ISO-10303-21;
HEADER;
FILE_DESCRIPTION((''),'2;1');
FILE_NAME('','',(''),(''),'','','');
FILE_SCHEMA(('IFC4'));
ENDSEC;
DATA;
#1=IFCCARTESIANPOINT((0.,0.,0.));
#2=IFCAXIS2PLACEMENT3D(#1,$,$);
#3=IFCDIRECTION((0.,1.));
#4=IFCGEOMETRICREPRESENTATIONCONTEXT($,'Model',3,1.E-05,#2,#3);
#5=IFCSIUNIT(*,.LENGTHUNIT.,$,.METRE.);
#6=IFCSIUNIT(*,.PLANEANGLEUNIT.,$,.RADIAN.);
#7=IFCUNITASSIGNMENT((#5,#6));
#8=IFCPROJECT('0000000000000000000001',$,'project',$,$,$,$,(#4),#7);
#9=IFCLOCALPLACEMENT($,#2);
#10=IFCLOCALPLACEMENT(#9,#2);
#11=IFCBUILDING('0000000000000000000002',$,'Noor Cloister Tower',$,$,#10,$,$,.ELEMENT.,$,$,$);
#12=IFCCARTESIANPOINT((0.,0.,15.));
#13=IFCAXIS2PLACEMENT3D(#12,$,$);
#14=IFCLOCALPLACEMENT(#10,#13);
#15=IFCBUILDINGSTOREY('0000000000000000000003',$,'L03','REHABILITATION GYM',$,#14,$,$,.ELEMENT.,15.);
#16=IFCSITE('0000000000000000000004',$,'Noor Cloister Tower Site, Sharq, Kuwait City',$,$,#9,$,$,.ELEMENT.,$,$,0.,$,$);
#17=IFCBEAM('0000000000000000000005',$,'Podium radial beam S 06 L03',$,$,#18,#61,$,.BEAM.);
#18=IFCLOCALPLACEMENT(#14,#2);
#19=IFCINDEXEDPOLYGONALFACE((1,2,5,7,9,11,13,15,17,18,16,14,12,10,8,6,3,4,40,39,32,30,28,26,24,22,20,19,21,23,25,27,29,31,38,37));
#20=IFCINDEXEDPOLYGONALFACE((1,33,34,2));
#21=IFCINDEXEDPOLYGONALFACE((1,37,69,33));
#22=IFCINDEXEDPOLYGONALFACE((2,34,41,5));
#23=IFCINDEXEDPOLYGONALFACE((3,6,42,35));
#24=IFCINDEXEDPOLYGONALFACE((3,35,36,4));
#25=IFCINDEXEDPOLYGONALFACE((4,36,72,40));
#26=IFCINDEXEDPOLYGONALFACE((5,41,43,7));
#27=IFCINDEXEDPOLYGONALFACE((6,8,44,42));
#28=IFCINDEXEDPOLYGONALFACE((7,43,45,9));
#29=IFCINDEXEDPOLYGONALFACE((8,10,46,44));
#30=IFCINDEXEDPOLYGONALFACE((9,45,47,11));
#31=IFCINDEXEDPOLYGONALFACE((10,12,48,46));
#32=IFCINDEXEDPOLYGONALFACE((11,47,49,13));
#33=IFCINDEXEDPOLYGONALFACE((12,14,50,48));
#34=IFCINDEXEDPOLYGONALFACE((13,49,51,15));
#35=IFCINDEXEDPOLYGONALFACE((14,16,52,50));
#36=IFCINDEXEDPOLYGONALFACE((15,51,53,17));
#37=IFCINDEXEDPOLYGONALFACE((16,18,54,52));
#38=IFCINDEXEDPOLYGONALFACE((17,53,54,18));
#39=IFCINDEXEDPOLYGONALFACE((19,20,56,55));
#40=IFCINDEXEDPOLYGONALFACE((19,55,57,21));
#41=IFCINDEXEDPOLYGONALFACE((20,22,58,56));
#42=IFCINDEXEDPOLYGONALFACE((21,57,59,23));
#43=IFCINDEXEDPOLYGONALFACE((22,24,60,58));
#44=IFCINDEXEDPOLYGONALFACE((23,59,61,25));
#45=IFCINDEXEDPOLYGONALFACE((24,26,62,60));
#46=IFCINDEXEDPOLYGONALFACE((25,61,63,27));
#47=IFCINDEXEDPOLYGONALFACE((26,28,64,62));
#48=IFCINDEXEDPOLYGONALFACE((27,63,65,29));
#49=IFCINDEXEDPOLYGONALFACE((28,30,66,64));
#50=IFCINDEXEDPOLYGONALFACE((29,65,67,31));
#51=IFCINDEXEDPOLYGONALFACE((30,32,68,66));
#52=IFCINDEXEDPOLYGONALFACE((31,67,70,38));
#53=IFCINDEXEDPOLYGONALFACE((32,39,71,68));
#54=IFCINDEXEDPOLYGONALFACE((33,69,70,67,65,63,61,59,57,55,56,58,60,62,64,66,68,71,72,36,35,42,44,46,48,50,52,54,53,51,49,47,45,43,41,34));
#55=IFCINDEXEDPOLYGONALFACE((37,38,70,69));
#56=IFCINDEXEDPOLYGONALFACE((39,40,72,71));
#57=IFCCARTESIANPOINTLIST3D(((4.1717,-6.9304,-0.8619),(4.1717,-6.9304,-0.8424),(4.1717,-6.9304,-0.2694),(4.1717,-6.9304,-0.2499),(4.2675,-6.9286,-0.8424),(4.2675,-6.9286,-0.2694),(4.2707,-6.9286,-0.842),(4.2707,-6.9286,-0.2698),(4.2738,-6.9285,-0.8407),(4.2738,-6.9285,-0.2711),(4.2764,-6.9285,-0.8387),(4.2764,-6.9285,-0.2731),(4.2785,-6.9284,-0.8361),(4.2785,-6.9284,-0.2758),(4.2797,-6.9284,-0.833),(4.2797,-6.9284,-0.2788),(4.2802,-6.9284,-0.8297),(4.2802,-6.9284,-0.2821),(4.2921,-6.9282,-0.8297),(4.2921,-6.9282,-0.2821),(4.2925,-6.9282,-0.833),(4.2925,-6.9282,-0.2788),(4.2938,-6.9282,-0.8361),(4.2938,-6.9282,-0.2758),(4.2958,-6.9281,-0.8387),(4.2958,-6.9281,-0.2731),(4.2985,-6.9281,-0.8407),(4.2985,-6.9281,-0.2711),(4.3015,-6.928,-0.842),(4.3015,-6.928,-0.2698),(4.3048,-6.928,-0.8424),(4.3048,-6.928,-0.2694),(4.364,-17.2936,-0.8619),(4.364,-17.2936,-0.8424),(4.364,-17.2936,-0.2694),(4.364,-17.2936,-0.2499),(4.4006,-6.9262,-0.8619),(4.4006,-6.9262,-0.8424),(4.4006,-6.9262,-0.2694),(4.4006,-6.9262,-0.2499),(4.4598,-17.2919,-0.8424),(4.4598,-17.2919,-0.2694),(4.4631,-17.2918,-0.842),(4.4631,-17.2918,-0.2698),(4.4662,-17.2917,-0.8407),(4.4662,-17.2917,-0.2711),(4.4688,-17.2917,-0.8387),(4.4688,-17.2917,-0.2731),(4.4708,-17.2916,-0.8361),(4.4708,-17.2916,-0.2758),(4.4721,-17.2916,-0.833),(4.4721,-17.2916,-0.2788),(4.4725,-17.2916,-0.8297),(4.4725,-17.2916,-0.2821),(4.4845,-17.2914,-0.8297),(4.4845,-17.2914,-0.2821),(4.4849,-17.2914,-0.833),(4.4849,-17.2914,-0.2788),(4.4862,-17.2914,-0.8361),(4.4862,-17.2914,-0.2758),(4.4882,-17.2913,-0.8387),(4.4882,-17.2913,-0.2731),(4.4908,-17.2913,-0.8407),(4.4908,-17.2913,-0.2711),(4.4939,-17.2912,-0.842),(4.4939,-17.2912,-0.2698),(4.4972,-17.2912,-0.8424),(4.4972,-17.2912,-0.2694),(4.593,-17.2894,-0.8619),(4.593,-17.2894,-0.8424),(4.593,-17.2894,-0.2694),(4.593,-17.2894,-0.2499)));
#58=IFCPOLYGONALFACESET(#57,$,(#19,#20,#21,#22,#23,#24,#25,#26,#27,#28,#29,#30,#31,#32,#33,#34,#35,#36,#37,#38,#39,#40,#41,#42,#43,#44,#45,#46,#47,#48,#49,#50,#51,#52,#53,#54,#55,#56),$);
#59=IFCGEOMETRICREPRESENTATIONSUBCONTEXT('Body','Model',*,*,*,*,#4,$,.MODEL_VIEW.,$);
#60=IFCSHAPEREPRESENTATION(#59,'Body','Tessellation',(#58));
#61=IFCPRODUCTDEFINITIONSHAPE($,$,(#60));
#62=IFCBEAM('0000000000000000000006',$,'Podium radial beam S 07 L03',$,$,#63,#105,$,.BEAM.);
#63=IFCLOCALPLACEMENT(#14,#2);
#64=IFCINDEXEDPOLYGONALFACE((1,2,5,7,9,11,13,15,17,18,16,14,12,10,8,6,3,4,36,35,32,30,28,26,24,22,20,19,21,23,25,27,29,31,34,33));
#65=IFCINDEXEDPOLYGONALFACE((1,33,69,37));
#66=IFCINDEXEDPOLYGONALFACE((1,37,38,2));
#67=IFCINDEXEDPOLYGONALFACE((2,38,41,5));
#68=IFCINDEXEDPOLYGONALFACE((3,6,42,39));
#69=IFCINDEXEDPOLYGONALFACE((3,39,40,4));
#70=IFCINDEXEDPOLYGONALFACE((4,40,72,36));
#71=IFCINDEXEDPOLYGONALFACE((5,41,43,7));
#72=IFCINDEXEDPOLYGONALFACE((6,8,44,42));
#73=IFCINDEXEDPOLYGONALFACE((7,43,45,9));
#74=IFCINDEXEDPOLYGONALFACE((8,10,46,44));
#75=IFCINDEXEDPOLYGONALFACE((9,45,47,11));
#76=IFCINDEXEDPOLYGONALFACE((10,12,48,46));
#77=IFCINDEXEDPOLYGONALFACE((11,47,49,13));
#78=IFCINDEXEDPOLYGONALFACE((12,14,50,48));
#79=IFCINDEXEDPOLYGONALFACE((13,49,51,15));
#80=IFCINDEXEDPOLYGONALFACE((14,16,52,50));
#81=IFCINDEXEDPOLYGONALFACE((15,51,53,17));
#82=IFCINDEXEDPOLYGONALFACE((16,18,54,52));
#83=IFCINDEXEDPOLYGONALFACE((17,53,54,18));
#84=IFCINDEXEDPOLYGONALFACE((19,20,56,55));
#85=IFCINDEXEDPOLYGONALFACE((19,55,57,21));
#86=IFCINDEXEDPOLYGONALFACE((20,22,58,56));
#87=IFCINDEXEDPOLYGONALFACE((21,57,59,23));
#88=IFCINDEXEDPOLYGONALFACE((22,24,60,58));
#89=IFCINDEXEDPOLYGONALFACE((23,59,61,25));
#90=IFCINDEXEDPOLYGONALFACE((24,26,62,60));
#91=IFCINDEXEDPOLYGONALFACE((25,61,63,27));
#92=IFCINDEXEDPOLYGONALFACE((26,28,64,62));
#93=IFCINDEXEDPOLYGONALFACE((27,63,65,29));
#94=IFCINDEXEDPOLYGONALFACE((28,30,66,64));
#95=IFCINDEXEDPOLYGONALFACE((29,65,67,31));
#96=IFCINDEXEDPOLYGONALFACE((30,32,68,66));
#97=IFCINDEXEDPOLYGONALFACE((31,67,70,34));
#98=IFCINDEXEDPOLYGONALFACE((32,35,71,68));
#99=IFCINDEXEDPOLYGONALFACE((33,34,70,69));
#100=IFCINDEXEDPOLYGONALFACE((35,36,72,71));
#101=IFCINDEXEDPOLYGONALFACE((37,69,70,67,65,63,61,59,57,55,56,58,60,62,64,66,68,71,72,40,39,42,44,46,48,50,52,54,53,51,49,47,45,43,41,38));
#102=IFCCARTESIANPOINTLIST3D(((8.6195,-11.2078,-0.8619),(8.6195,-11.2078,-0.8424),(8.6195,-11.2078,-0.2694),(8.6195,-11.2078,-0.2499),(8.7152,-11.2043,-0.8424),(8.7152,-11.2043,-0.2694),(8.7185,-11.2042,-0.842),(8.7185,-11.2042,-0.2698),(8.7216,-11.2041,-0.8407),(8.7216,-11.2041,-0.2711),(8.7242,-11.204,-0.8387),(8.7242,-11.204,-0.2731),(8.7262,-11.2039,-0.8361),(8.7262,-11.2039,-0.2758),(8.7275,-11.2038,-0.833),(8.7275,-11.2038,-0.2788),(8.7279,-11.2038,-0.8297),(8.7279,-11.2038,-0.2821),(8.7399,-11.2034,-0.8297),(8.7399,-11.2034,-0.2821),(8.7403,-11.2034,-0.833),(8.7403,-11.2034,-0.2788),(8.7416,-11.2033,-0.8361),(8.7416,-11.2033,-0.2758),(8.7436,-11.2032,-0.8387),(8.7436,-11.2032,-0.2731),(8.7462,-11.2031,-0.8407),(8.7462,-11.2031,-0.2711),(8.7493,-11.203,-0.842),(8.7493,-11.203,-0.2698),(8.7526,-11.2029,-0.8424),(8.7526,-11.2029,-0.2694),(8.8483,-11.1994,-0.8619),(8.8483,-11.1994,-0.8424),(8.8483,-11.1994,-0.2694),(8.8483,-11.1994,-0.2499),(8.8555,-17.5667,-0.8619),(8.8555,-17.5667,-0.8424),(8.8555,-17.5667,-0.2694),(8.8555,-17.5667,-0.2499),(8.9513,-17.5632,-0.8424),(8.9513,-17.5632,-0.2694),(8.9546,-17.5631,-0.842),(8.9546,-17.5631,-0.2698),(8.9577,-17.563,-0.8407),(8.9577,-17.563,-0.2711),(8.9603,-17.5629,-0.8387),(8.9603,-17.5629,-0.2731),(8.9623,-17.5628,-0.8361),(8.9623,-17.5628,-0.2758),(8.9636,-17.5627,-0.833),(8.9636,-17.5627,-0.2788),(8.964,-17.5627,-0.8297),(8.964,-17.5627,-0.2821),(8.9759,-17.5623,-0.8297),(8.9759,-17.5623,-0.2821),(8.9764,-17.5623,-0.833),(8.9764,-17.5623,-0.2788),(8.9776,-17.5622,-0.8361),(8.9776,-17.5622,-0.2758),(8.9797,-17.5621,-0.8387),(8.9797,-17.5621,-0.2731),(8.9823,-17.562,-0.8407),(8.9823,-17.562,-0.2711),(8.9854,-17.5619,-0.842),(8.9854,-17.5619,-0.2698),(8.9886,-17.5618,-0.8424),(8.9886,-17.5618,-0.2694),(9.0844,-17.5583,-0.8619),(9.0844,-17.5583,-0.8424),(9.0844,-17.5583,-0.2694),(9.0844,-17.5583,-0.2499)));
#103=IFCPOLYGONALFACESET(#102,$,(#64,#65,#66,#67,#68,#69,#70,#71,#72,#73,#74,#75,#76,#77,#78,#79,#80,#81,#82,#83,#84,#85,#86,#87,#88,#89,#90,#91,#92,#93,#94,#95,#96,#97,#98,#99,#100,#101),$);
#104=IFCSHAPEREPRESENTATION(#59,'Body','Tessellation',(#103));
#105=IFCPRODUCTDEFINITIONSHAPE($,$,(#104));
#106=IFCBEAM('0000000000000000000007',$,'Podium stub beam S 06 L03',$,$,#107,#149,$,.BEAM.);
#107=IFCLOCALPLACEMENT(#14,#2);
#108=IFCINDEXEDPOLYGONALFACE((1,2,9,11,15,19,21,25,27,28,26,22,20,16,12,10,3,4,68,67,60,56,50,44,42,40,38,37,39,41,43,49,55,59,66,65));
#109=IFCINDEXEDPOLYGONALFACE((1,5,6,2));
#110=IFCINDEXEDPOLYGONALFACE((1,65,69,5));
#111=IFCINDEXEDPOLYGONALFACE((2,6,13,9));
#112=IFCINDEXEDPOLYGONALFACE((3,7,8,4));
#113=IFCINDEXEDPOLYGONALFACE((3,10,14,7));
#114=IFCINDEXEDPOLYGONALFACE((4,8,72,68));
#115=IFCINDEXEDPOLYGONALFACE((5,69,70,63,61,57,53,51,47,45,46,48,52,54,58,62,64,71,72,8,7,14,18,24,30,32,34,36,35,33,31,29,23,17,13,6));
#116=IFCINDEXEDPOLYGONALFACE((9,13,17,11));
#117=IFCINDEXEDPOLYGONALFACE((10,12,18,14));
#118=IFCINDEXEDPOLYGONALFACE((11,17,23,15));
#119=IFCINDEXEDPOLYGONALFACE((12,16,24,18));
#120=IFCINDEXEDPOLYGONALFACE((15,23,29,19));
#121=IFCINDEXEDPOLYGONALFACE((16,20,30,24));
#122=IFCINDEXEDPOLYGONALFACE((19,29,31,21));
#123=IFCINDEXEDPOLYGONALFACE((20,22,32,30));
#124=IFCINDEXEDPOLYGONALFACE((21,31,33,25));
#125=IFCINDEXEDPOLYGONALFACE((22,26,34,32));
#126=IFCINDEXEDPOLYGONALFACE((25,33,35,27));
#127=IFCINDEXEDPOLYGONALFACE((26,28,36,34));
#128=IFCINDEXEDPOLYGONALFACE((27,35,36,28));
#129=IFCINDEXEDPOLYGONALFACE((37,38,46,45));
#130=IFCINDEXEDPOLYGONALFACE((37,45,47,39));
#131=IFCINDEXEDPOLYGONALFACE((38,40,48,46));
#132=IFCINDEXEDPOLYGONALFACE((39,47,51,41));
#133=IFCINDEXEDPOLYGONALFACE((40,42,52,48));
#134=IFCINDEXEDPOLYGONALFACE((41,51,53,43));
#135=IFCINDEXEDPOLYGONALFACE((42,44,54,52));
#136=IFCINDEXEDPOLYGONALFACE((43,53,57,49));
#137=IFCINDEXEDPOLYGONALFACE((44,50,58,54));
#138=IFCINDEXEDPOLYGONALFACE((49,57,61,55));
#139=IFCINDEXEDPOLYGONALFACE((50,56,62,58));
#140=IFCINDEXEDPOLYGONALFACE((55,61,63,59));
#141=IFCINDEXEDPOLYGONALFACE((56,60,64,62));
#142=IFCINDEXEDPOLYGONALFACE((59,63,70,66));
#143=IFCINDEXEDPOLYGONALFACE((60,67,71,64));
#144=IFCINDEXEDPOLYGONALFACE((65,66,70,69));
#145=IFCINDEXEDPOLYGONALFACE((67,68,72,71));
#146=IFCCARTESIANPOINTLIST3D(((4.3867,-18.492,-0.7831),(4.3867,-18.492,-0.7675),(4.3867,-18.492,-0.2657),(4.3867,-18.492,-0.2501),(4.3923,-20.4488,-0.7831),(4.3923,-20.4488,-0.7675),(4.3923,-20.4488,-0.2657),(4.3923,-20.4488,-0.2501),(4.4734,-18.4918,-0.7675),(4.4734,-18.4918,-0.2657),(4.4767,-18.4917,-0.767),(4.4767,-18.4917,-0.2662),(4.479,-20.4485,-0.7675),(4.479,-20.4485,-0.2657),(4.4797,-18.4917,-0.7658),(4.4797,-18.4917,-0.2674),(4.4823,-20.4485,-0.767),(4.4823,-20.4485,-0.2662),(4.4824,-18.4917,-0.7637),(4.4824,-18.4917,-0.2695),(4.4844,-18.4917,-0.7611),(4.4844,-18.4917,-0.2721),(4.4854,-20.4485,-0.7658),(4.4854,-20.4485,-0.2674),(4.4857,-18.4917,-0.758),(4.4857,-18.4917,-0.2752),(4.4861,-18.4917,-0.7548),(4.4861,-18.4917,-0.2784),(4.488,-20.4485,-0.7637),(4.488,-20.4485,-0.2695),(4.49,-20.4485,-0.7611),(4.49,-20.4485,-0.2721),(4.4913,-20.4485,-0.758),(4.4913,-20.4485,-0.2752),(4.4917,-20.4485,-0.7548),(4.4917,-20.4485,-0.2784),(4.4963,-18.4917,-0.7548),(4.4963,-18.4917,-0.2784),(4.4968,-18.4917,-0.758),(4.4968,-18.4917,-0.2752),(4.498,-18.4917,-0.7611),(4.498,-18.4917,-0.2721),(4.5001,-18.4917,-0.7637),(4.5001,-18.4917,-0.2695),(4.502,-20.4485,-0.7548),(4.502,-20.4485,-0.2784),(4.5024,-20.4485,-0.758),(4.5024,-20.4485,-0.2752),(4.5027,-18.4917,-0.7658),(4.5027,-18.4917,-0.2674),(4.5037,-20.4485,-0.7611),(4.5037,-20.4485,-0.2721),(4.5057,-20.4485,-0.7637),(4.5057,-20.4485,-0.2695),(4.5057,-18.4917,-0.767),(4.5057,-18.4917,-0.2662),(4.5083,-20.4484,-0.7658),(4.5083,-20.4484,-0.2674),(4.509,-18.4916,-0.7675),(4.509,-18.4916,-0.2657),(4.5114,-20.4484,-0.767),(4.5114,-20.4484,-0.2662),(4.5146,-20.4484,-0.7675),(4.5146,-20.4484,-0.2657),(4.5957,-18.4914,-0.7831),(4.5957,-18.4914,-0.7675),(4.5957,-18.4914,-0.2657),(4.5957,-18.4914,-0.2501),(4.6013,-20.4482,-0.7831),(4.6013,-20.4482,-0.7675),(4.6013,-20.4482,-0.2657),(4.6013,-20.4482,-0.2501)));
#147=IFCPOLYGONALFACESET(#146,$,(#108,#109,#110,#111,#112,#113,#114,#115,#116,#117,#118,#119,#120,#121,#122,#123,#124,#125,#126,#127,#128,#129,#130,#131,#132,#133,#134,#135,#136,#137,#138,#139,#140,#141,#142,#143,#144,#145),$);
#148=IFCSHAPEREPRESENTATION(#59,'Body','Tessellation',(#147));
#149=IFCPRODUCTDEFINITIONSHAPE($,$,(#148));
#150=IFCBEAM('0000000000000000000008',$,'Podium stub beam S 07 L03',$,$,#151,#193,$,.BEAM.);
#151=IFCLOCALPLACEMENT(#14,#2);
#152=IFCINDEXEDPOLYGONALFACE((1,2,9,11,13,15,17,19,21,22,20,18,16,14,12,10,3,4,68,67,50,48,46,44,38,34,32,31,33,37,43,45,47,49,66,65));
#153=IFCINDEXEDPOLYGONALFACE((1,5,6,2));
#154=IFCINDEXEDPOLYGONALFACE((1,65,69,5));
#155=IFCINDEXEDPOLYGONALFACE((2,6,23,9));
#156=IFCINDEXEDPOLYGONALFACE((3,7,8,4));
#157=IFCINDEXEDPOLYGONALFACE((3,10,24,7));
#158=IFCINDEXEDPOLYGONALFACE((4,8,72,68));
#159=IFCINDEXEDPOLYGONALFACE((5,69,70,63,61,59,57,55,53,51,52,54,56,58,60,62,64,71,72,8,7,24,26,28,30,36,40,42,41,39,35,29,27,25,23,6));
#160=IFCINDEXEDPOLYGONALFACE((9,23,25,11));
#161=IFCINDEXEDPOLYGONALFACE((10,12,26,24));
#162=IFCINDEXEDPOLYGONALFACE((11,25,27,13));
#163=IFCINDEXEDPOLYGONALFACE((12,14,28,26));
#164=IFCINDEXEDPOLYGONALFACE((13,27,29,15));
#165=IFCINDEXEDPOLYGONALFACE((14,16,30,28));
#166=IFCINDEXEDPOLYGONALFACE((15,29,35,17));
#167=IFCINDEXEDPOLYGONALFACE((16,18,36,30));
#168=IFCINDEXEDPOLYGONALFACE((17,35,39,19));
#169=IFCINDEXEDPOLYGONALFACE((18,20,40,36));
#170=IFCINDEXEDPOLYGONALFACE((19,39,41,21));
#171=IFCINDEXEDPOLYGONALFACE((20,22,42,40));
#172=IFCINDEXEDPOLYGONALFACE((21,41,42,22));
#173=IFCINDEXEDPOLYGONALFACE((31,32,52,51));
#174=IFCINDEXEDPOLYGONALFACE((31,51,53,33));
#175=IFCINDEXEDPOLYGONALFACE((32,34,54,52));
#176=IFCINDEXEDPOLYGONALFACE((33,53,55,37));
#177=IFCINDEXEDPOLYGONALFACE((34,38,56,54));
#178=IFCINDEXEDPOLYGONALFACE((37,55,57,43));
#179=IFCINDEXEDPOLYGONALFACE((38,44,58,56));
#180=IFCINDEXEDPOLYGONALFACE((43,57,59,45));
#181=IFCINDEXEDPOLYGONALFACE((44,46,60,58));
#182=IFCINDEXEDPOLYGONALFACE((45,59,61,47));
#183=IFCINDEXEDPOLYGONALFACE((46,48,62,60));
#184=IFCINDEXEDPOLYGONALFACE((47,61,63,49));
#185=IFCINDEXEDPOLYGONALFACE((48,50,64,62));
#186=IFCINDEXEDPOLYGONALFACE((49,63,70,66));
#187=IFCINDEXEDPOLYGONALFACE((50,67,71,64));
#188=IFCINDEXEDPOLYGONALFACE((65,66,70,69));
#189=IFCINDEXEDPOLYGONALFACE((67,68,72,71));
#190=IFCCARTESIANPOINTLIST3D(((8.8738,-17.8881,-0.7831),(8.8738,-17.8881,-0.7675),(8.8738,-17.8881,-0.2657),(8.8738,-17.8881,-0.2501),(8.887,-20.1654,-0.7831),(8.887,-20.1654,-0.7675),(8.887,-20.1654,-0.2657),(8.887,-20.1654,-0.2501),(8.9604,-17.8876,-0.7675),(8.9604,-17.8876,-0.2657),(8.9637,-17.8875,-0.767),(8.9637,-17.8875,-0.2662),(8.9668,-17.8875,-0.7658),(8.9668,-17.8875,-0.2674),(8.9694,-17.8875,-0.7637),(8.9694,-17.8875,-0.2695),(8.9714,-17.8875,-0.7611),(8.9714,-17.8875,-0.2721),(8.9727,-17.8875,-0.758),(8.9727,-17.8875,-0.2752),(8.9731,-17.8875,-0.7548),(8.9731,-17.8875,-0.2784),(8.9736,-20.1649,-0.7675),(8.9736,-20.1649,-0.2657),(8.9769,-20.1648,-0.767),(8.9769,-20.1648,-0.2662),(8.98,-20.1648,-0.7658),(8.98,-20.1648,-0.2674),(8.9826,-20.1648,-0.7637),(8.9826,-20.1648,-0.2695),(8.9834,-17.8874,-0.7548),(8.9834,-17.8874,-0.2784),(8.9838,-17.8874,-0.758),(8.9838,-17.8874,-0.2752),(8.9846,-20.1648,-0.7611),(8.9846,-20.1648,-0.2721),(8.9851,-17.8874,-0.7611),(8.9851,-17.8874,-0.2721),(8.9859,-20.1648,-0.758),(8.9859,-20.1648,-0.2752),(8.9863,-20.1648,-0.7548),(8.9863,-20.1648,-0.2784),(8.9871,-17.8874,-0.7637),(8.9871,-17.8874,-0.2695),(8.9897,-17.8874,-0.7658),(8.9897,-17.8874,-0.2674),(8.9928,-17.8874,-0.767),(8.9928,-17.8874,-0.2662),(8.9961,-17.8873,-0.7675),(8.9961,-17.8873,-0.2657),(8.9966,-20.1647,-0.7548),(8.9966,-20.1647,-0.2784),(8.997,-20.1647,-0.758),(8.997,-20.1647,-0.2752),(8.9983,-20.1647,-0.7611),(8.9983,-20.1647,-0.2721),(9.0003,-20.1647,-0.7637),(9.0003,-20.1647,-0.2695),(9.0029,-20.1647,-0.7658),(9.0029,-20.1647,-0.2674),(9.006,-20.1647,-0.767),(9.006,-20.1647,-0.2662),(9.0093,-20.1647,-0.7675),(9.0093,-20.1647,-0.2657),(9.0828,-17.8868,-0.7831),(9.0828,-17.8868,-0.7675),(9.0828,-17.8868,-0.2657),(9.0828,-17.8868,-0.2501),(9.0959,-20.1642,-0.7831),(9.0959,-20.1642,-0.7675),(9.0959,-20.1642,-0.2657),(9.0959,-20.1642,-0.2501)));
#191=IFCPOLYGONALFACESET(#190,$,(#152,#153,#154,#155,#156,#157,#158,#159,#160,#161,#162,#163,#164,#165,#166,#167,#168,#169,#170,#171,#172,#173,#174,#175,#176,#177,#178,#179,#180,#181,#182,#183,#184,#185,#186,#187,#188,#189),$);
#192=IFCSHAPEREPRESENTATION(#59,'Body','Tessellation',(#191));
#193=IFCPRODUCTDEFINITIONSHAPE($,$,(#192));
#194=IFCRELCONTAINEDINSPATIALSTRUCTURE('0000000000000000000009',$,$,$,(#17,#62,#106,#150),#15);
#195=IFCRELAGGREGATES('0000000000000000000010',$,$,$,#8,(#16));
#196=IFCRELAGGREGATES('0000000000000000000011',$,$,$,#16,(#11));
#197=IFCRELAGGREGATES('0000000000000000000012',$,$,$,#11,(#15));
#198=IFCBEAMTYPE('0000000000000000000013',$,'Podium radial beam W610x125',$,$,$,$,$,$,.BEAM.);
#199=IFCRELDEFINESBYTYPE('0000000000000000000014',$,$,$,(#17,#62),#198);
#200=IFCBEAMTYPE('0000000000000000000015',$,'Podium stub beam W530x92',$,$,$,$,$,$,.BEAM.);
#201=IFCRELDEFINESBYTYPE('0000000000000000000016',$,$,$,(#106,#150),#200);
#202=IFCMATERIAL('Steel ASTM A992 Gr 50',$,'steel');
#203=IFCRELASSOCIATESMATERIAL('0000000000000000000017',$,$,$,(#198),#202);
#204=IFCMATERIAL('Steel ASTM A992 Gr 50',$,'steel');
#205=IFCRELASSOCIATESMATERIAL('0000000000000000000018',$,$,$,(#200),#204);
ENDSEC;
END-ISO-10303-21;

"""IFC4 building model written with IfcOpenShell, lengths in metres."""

from ifc_helpers import new_model, si_unit, direction, frame, origin, origin_2d, place, context, subcontext, project, spatial, i_section, extrude, material, material_profile, profile_set, type_object, element, save


model = new_model("IFC4")

# Units and contexts
model_context = context("Model", 3, precision=1e-05, world=origin(), true_north=direction((0.0, 1.0)))
body_context = subcontext(model_context, "Body", "Model", "MODEL_VIEW")
ifc_project = project(units=[si_unit("LENGTHUNIT", "METRE"), si_unit("PLANEANGLEUNIT", "RADIAN")], contexts=[model_context])

# Site, building, storey
site_placement = place(None, origin())
site = spatial("IfcSite", under=ifc_project, at=site_placement, Name="Noor Cloister Tower Site, Sharq, Kuwait City", CompositionType="ELEMENT", RefElevation=0.0)
building_placement = place(site_placement, origin())
building = spatial("IfcBuilding", under=site, at=building_placement, Name="Noor Cloister Tower", CompositionType="ELEMENT")
storey_placement = place(building_placement, frame((0.0, 0.0, 15.0)))
storey = spatial("IfcBuildingStorey", under=building, at=storey_placement, Name="L03", Description="REHABILITATION GYM", CompositionType="ELEMENT", Elevation=15.0)

# Beams
ifc_material_1 = material(Name="Steel ASTM A992 Gr 50", Category="steel")
ifc_material_profile_1 = material_profile(ifc_material_1, i_section(OverallWidth=0.229, OverallDepth=0.6121, WebThickness=0.012, FlangeThickness=0.0195, FilletRadius=0.0127, at=origin_2d()), Name="W610x125")
ifc_profile_set_1 = profile_set([ifc_material_profile_1], Name="Steel ASTM A992 Gr 50")
beam_type_1 = type_object("IfcBeamType", Name="Podium radial beam W610x125", PredefinedType="BEAM", material=ifc_profile_set_1)
beam_1_placement = place(storey_placement, frame((4.4785, -17.2915, -0.5559), z_axis=(-0.018561, 0.999828, 0.0), x_axis=(-0.999828, -0.018561, 0.0)))
element("IfcBeam", 1, at=beam_1_placement, inside=storey, type_object=beam_type_1, Name="Podium radial beam S 06 L03", PredefinedType="BEAM", context=body_context, shape_type="SweptSolid", body=[
    extrude(i_section(OverallWidth=0.229, OverallDepth=0.6121, WebThickness=0.012, FlangeThickness=0.0195, FilletRadius=0.0127, at=origin_2d()), origin(), (0.0, 0.0, 1.0), 10.365),
])
beam_2_placement = place(storey_placement, frame((8.97, -17.5625, -0.5559), z_axis=(-0.037101, 0.999312, 0.0), x_axis=(-0.999312, -0.037101, 0.0)))
element("IfcBeam", 2, at=beam_2_placement, inside=storey, type_object=beam_type_1, Name="Podium radial beam S 07 L03", PredefinedType="BEAM", context=body_context, shape_type="SweptSolid", body=[
    extrude(i_section(OverallWidth=0.229, OverallDepth=0.6121, WebThickness=0.012, FlangeThickness=0.0195, FilletRadius=0.0127, at=origin_2d()), origin(), (0.0, 0.0, 1.0), 6.3633),
])
ifc_material_2 = material(Name="Steel ASTM A992 Gr 50", Category="steel")
ifc_material_profile_2 = material_profile(ifc_material_2, i_section(OverallWidth=0.209, OverallDepth=0.533, WebThickness=0.0103, FlangeThickness=0.0156, FilletRadius=0.0127, at=origin_2d()), Name="W530x92")
ifc_profile_set_2 = profile_set([ifc_material_profile_2], Name="Steel ASTM A992 Gr 50")
beam_type_2 = type_object("IfcBeamType", Name="Podium stub beam W530x92", PredefinedType="BEAM", material=ifc_profile_set_2)
beam_3_placement = place(storey_placement, frame((4.4912, -18.4917, -0.5166), z_axis=(0.00287, -0.999996, 0.0), x_axis=(0.999996, 0.00287, 0.0)))
element("IfcBeam", 3, at=beam_3_placement, inside=storey, type_object=beam_type_2, Name="Podium stub beam S 06 L03", PredefinedType="BEAM", context=body_context, shape_type="SweptSolid", body=[
    extrude(i_section(OverallWidth=0.209, OverallDepth=0.533, WebThickness=0.0103, FlangeThickness=0.0156, FilletRadius=0.0127, at=origin_2d()), origin(), (0.0, 0.0, 1.0), 1.9568),
])
beam_4_placement = place(storey_placement, frame((8.9783, -17.8875, -0.5166), z_axis=(0.005789, -0.999983, 0.0), x_axis=(0.999983, 0.005789, 0.0)))
element("IfcBeam", 4, at=beam_4_placement, inside=storey, type_object=beam_type_2, Name="Podium stub beam S 07 L03", PredefinedType="BEAM", context=body_context, shape_type="SweptSolid", body=[
    extrude(i_section(OverallWidth=0.209, OverallDepth=0.533, WebThickness=0.0103, FlangeThickness=0.0156, FilletRadius=0.0127, at=origin_2d()), origin(), (0.0, 0.0, 1.0), 2.2773),
])

save(model, "model.ifc")
